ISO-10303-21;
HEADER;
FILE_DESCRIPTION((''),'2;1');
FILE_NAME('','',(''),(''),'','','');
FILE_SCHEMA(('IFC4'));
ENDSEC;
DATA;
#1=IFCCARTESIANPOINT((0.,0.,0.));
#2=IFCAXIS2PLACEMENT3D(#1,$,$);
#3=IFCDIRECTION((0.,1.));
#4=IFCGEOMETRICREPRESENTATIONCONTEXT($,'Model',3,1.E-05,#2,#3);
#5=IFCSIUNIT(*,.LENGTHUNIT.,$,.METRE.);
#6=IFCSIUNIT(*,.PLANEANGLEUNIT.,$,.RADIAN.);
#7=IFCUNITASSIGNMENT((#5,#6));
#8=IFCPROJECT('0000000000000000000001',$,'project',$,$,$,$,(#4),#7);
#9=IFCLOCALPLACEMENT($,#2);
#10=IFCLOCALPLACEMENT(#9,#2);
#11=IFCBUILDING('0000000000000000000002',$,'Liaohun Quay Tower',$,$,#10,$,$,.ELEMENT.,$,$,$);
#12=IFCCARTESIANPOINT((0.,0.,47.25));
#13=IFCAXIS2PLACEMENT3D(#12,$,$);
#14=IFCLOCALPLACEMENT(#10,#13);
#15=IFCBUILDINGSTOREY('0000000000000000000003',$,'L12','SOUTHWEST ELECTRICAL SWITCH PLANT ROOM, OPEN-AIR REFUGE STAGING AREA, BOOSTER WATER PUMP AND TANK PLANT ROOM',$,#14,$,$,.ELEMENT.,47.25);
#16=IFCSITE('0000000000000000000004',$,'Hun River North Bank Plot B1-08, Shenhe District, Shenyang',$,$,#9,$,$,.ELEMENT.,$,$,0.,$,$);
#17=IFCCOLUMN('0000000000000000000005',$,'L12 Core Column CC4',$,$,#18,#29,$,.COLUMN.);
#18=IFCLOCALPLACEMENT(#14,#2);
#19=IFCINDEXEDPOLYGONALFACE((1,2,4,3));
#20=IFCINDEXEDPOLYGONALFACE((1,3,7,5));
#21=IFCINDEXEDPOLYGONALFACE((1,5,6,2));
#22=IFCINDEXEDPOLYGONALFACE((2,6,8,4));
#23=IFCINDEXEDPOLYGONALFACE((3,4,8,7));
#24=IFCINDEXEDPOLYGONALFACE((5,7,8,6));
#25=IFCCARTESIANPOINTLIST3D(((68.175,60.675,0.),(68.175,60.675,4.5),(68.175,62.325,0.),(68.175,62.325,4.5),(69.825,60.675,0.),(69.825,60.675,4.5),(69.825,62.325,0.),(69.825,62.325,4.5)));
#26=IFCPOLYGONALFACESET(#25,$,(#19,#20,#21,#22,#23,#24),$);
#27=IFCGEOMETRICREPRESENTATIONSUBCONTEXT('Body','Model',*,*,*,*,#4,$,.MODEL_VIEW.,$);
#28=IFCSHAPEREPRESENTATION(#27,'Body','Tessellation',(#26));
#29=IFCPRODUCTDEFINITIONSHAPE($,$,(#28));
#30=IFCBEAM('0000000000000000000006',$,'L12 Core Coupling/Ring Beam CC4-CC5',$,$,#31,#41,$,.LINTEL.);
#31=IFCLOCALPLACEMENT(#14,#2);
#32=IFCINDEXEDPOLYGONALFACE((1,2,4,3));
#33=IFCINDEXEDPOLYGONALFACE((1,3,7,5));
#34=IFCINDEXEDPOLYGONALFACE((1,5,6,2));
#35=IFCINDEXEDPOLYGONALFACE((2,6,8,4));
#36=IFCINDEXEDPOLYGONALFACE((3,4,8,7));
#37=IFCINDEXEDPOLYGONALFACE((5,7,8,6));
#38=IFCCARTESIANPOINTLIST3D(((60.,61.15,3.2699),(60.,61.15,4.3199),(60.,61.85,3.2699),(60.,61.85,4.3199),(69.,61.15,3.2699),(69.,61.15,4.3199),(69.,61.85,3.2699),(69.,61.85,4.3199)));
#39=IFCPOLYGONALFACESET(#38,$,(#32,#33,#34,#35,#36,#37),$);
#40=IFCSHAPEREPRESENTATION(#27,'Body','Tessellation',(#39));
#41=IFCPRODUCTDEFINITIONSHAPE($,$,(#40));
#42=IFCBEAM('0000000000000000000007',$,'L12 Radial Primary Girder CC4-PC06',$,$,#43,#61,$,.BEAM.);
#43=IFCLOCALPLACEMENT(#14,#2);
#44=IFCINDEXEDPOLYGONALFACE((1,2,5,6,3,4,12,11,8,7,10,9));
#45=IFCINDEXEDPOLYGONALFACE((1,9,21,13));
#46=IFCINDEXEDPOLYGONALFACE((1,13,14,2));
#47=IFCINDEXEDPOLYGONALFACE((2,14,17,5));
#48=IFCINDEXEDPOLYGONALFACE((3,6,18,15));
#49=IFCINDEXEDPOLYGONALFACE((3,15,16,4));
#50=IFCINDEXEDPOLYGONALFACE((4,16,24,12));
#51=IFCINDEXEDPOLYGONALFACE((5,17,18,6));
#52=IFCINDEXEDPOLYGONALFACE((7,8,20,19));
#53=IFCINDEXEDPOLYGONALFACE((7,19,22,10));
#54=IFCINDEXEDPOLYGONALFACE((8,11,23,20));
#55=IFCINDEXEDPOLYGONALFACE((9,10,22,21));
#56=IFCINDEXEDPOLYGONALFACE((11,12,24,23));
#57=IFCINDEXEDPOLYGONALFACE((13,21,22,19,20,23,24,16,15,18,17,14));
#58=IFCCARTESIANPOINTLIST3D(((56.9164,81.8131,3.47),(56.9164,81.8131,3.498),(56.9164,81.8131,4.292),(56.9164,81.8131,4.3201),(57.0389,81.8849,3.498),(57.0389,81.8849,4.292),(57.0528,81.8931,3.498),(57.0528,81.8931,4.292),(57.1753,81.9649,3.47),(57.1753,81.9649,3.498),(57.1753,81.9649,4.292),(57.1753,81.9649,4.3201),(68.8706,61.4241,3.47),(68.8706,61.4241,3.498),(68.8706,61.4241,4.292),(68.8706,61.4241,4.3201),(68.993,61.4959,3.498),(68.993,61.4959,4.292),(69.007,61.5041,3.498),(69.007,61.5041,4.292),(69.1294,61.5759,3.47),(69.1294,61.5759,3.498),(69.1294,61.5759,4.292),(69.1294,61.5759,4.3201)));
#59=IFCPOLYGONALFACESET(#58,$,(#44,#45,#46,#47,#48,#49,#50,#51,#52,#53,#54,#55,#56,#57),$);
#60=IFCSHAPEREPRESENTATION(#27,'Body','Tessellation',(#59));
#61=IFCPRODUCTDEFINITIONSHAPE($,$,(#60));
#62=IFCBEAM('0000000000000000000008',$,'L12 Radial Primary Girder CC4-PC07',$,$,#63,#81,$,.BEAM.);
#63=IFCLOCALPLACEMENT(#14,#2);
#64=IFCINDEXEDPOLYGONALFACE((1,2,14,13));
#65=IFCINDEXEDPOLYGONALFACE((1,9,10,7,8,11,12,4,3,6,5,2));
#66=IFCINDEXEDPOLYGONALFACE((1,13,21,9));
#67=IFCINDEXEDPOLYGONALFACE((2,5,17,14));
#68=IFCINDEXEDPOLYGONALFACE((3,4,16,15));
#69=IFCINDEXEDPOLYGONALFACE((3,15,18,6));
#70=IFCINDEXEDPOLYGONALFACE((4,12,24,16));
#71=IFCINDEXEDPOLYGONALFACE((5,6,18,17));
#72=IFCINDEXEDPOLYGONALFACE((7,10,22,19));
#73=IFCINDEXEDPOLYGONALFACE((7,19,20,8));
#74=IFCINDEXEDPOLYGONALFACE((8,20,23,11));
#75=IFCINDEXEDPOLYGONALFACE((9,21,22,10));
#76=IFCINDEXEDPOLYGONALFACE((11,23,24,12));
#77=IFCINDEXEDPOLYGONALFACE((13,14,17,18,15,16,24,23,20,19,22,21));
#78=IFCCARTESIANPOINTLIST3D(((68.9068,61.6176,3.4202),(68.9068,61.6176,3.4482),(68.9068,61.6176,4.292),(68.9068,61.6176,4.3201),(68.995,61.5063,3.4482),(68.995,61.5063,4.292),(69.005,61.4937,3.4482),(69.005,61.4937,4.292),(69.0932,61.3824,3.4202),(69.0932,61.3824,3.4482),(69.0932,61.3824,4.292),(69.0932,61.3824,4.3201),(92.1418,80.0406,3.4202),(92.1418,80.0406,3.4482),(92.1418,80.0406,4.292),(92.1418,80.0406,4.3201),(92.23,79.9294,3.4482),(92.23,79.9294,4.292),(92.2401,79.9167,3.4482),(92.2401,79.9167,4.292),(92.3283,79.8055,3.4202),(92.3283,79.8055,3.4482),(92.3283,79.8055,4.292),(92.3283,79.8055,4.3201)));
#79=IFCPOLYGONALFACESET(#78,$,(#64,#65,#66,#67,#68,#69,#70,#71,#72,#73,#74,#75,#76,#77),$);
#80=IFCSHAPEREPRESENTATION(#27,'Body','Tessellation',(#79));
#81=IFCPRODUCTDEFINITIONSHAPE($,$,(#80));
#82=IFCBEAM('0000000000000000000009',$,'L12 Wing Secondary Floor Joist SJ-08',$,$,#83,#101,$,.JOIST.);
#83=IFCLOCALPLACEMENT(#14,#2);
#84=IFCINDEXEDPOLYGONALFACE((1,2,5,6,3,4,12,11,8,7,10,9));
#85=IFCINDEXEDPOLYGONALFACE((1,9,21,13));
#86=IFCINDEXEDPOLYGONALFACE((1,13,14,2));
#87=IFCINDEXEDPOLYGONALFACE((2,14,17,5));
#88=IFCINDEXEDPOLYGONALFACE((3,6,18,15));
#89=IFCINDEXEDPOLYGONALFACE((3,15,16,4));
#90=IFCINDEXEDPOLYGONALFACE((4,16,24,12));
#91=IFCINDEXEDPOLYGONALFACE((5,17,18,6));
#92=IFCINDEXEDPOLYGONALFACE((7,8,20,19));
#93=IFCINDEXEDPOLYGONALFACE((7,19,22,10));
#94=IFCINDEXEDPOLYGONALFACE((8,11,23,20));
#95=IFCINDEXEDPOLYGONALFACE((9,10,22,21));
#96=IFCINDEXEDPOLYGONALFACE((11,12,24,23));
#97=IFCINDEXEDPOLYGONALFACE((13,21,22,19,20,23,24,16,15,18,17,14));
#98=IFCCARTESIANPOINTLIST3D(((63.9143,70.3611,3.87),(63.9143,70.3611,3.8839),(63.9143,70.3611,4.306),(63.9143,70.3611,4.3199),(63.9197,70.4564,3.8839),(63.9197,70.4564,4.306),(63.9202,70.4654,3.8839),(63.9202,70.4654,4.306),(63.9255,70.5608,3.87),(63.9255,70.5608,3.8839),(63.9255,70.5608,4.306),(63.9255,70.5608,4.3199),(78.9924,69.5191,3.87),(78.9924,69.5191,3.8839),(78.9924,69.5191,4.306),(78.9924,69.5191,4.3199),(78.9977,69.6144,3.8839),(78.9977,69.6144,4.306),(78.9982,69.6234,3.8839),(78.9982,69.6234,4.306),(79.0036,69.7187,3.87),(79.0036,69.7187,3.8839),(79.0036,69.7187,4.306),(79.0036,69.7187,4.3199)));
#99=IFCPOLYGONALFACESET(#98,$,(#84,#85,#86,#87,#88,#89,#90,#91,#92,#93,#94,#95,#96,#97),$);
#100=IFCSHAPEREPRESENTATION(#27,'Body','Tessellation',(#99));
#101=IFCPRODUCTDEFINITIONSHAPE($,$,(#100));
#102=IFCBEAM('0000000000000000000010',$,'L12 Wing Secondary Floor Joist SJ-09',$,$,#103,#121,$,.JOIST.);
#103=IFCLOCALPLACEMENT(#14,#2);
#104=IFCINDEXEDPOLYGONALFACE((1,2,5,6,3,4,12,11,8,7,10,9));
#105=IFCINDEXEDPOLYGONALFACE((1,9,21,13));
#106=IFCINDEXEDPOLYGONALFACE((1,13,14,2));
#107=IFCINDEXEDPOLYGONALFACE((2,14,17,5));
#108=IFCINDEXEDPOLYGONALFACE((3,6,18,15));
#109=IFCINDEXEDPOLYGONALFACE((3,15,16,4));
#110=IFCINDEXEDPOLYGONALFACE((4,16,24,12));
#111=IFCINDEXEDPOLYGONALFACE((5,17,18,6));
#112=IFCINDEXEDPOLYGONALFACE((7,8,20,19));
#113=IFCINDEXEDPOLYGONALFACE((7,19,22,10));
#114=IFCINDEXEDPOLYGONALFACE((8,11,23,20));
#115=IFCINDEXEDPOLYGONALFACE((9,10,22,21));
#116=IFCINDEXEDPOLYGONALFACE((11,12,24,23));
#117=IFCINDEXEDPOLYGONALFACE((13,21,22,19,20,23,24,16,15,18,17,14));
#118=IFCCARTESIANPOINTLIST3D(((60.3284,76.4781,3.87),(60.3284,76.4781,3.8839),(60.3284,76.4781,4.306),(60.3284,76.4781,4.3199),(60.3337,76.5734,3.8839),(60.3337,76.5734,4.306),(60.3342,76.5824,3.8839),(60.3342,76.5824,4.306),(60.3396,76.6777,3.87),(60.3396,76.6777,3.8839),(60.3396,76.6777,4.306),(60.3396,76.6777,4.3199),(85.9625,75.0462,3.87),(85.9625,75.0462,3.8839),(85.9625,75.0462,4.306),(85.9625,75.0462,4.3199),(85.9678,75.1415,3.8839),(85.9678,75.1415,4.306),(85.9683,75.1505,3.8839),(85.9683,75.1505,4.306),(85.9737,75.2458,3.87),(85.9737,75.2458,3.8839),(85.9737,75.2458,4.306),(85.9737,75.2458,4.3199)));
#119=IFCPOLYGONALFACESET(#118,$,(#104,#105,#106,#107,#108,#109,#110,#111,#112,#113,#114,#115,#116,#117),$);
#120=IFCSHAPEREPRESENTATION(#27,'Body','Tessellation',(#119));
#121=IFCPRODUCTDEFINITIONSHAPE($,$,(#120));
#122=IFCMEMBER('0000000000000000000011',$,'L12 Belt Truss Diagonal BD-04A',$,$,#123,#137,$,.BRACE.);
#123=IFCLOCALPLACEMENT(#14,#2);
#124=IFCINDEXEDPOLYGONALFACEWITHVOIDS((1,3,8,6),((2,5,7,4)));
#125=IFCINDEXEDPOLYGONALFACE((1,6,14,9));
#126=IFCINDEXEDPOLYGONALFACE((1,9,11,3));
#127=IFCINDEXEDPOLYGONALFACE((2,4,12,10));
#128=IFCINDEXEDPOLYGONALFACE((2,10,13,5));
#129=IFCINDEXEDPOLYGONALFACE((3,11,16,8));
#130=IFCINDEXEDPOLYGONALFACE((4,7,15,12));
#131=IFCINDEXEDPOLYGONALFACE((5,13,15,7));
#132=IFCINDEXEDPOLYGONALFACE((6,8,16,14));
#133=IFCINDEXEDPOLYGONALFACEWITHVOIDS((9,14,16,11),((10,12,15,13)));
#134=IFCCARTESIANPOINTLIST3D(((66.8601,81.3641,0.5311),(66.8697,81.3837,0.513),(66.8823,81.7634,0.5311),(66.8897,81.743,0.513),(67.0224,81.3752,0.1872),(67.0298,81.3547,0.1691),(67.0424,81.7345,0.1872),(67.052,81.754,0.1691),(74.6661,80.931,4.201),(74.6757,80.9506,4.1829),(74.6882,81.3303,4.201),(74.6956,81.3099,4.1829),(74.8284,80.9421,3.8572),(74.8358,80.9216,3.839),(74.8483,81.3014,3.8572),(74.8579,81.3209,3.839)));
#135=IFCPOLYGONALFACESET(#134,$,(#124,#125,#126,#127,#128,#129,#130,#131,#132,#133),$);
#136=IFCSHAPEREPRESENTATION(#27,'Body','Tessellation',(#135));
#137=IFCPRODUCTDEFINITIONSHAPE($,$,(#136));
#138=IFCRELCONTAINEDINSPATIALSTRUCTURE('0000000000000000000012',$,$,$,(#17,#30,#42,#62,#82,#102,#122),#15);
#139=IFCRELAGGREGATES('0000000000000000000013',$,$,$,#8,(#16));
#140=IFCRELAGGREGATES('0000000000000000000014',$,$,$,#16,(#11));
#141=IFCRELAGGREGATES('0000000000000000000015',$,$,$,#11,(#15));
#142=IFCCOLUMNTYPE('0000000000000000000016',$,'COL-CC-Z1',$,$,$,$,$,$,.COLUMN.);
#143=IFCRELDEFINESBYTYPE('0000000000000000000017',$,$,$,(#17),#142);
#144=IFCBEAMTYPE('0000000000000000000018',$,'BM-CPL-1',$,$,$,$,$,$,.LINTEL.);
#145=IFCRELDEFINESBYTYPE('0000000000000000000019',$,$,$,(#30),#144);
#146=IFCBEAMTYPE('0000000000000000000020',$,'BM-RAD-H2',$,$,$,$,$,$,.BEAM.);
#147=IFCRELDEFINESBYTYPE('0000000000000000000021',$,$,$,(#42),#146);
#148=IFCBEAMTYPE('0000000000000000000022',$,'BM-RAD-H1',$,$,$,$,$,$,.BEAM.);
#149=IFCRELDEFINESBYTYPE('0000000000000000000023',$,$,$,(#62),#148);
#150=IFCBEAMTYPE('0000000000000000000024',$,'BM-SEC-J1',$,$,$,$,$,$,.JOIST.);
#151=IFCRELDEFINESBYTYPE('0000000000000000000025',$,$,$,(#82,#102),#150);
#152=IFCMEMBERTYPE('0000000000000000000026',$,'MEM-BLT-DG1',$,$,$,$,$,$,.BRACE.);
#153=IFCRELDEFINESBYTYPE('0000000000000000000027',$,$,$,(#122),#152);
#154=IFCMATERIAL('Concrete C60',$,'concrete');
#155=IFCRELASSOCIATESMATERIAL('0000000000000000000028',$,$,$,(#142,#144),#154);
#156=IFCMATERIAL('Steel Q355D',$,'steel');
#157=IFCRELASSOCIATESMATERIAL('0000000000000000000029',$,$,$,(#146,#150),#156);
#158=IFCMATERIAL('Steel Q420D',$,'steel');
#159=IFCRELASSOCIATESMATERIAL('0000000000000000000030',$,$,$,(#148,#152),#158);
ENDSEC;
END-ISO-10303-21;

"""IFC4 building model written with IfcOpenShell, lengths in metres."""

from ifc_helpers import new_model, si_unit, direction, frame, origin, origin_2d, place, context, subcontext, project, spatial, rectangle, hollow_rectangle, i_section, extrude, source, transform, mapped, material, material_profile, profile_set, type_object, element, save


model = new_model("IFC4")

# Units and contexts
model_context = context("Model", 3, precision=1e-05, world=origin(), true_north=direction((0.0, 1.0)))
body_context = subcontext(model_context, "Body", "Model", "MODEL_VIEW")
ifc_project = project(units=[si_unit("LENGTHUNIT", "METRE"), si_unit("PLANEANGLEUNIT", "RADIAN")], contexts=[model_context])

# Site, building, storey
site_placement = place(None, origin())
site = spatial("IfcSite", under=ifc_project, at=site_placement, Name="Hun River North Bank Plot B1-08, Shenhe District, Shenyang", CompositionType="ELEMENT", RefElevation=0.0)
building_placement = place(site_placement, origin())
building = spatial("IfcBuilding", under=site, at=building_placement, Name="Liaohun Quay Tower", CompositionType="ELEMENT")
storey_placement = place(building_placement, frame((0.0, 0.0, 47.25)))
storey = spatial("IfcBuildingStorey", under=building, at=storey_placement, Name="L12", Description="SOUTHWEST ELECTRICAL SWITCH PLANT ROOM, OPEN-AIR REFUGE STAGING AREA, BOOSTER WATER PUMP AND TANK PLANT ROOM", CompositionType="ELEMENT", Elevation=47.25)

# Column
ifc_material_1 = material(Name="Concrete C60", Category="concrete")
ifc_material_profile_1 = material_profile(ifc_material_1, rectangle(XDim=1.6499, YDim=1.6499, at=origin_2d()), Name="RC1650x1650")
ifc_profile_set_1 = profile_set([ifc_material_profile_1], Name="Concrete C60")
column_type = type_object("IfcColumnType", Name="COL-CC-Z1", PredefinedType="COLUMN", material=ifc_profile_set_1)
shared_shape_1 = source(origin(), body_context, "Body", "SweptSolid", [
    extrude(rectangle(XDim=1.6499, YDim=1.6499, at=origin_2d()), origin(), (0.0, 0.0, 1.0), 4.5),
])
column_placement = place(storey_placement, frame((69.0, 61.5, 0.0), z_axis=(0.0, 0.0, 1.0), x_axis=(1.0, 0.0, 0.0)))
element("IfcColumn", 1, at=column_placement, inside=storey, type_object=column_type, Name="L12 Core Column CC4", PredefinedType="COLUMN", context=body_context, shape_type="MappedRepresentation", body=[
    mapped(shared_shape_1, transform((0.0, 0.0, 0.0), x_axis=(1.0, 0.0, 0.0), y_axis=(0.0, 1.0, 0.0), z_axis=(0.0, 0.0, 1.0), scale=1.0)),
])

# Beams
ifc_material_profile_2 = material_profile(ifc_material_1, rectangle(XDim=0.7, YDim=1.05, at=origin_2d()), Name="RC700x1050")
ifc_profile_set_2 = profile_set([ifc_material_profile_2], Name="Concrete C60")
beam_type_1 = type_object("IfcBeamType", Name="BM-CPL-1", PredefinedType="LINTEL", material=ifc_profile_set_2)
shared_shape_2 = source(origin(), body_context, "Body", "SweptSolid", [
    extrude(rectangle(XDim=0.7, YDim=1.05, at=origin_2d()), origin(), (0.0, 0.0, 1.0), 9.0),
])
beam_1_placement = place(storey_placement, frame((69.0, 61.5, 3.7949), z_axis=(-1.0, 0.0, 0.0), x_axis=(0.0, -1.0, 0.0)))
element("IfcBeam", 2, at=beam_1_placement, inside=storey, type_object=beam_type_1, Name="L12 Core Coupling/Ring Beam CC4-CC5", PredefinedType="LINTEL", context=body_context, shape_type="MappedRepresentation", body=[
    mapped(shared_shape_2, transform((0.0, 0.0, 0.0), x_axis=(1.0, 0.0, 0.0), y_axis=(0.0, 1.0, 0.0), z_axis=(0.0, 0.0, 1.0), scale=1.0)),
])
ifc_material_2 = material(Name="Steel Q355D", Category="steel")
ifc_material_profile_3 = material_profile(ifc_material_2, i_section(OverallWidth=0.3, OverallDepth=0.8501, WebThickness=0.0161, FlangeThickness=0.0281, at=origin_2d()), Name="HN850x300x16x28")
ifc_profile_set_3 = profile_set([ifc_material_profile_3], Name="Steel Q355D")
beam_type_2 = type_object("IfcBeamType", Name="BM-RAD-H2", PredefinedType="BEAM", material=ifc_profile_set_3)
shared_shape_3 = source(origin(), body_context, "Body", "SweptSolid", [
    extrude(i_section(OverallWidth=0.3, OverallDepth=0.8501, WebThickness=0.0161, FlangeThickness=0.0281, at=origin_2d()), origin(), (0.0, 0.0, 1.0), 23.635),
])
beam_2_placement = place(storey_placement, frame((69.0, 61.5, 3.895), z_axis=(-0.505782, 0.862661, 0.0), x_axis=(-0.862661, -0.505782, 0.0)))
element("IfcBeam", 3, at=beam_2_placement, inside=storey, type_object=beam_type_2, Name="L12 Radial Primary Girder CC4-PC06", PredefinedType="BEAM", context=body_context, shape_type="MappedRepresentation", body=[
    mapped(shared_shape_3, transform((0.0, 0.0, 0.0), x_axis=(1.0, 0.0, 0.0), y_axis=(0.0, 1.0, 0.0), z_axis=(0.0, 0.0, 1.0), scale=1.0)),
])
ifc_material_3 = material(Name="Steel Q420D", Category="steel")
ifc_material_profile_4 = material_profile(ifc_material_3, i_section(OverallWidth=0.3, OverallDepth=0.8999, WebThickness=0.0161, FlangeThickness=0.0281, at=origin_2d()), Name="HN900x300x16x28")
ifc_profile_set_4 = profile_set([ifc_material_profile_4], Name="Steel Q420D")
beam_type_3 = type_object("IfcBeamType", Name="BM-RAD-H1", PredefinedType="BEAM", material=ifc_profile_set_4)
shared_shape_4 = source(origin(), body_context, "Body", "SweptSolid", [
    extrude(i_section(OverallWidth=0.3, OverallDepth=0.8999, WebThickness=0.0161, FlangeThickness=0.0281, at=origin_2d()), origin(), (0.0, 0.0, 1.0), 29.6526),
])
beam_3_placement = place(storey_placement, frame((69.0, 61.5, 3.8701), z_axis=(0.783576, 0.621296, 0.0), x_axis=(-0.621296, 0.783576, 0.0)))
element("IfcBeam", 4, at=beam_3_placement, inside=storey, type_object=beam_type_3, Name="L12 Radial Primary Girder CC4-PC07", PredefinedType="BEAM", context=body_context, shape_type="MappedRepresentation", body=[
    mapped(shared_shape_4, transform((0.0, 0.0, 0.0), x_axis=(1.0, 0.0, 0.0), y_axis=(0.0, 1.0, 0.0), z_axis=(0.0, 0.0, 1.0), scale=1.0)),
])
ifc_material_profile_5 = material_profile(ifc_material_2, i_section(OverallWidth=0.2, OverallDepth=0.45, WebThickness=0.009, FlangeThickness=0.0139, at=origin_2d()), Name="HN450x200x9x14")
ifc_profile_set_5 = profile_set([ifc_material_profile_5], Name="Steel Q355D")
beam_type_4 = type_object("IfcBeamType", Name="BM-SEC-J1", PredefinedType="JOIST", material=ifc_profile_set_5)
shared_shape_5 = source(origin(), body_context, "Body", "SweptSolid", [
    extrude(i_section(OverallWidth=0.2, OverallDepth=0.45, WebThickness=0.009, FlangeThickness=0.0139, at=origin_2d()), origin(), (0.0, 0.0, 1.0), 15.1016),
])
beam_4_placement = place(storey_placement, frame((63.9199, 70.4609, 4.095), z_axis=(0.998444, -0.055758, 0.0), x_axis=(0.055758, 0.998444, 0.0)))
element("IfcBeam", 5, at=beam_4_placement, inside=storey, type_object=beam_type_4, Name="L12 Wing Secondary Floor Joist SJ-08", PredefinedType="JOIST", context=body_context, shape_type="MappedRepresentation", body=[
    mapped(shared_shape_5, transform((0.0, 0.0, 0.0), x_axis=(1.0, 0.0, 0.0), y_axis=(0.0, 1.0, 0.0), z_axis=(0.0, 0.0, 1.0), scale=1.0)),
])
shared_shape_6 = source(origin(), body_context, "Body", "SweptSolid", [
    extrude(i_section(OverallWidth=0.2, OverallDepth=0.45, WebThickness=0.009, FlangeThickness=0.0139, at=origin_2d()), origin(), (0.0, 0.0, 1.0), 25.6741),
])
beam_5_placement = place(storey_placement, frame((60.334, 76.5779, 4.095), z_axis=(0.998444, -0.055772, 0.0), x_axis=(0.055772, 0.998444, 0.0)))
element("IfcBeam", 6, at=beam_5_placement, inside=storey, type_object=beam_type_4, Name="L12 Wing Secondary Floor Joist SJ-09", PredefinedType="JOIST", context=body_context, shape_type="MappedRepresentation", body=[
    mapped(shared_shape_6, transform((0.0, 0.0, 0.0), x_axis=(1.0, 0.0, 0.0), y_axis=(0.0, 1.0, 0.0), z_axis=(0.0, 0.0, 1.0), scale=1.0)),
])

# Member
ifc_material_profile_6 = material_profile(ifc_material_3, hollow_rectangle(XDim=0.3999, YDim=0.3999, WallThickness=0.02, at=origin_2d()), Name="SHS400x400x20")
ifc_profile_set_6 = profile_set([ifc_material_profile_6], Name="Steel Q420D")
member_type = type_object("IfcMemberType", Name="MEM-BLT-DG1", PredefinedType="BRACE", material=ifc_profile_set_6)
shared_shape_7 = source(origin(), body_context, "Body", "SweptSolid", [
    extrude(hollow_rectangle(XDim=0.3999, YDim=0.3999, WallThickness=0.02, at=origin_2d()), origin(), (0.0, 0.0, 1.0), 8.6365),
])
member_placement = place(storey_placement, frame((66.9561, 81.5591, 0.3501), z_axis=(0.903834, -0.050149, 0.424935), x_axis=(0.055399, 0.998464, 0.0)))
element("IfcMember", 7, at=member_placement, inside=storey, type_object=member_type, Name="L12 Belt Truss Diagonal BD-04A", PredefinedType="BRACE", context=body_context, shape_type="MappedRepresentation", body=[
    mapped(shared_shape_7, transform((0.0, 0.0, 0.0), x_axis=(1.0, 0.0, 0.0), y_axis=(0.0, 1.0, 0.0), z_axis=(0.0, 0.0, 1.0), scale=1.0)),
])

save(model, "model.ifc")
